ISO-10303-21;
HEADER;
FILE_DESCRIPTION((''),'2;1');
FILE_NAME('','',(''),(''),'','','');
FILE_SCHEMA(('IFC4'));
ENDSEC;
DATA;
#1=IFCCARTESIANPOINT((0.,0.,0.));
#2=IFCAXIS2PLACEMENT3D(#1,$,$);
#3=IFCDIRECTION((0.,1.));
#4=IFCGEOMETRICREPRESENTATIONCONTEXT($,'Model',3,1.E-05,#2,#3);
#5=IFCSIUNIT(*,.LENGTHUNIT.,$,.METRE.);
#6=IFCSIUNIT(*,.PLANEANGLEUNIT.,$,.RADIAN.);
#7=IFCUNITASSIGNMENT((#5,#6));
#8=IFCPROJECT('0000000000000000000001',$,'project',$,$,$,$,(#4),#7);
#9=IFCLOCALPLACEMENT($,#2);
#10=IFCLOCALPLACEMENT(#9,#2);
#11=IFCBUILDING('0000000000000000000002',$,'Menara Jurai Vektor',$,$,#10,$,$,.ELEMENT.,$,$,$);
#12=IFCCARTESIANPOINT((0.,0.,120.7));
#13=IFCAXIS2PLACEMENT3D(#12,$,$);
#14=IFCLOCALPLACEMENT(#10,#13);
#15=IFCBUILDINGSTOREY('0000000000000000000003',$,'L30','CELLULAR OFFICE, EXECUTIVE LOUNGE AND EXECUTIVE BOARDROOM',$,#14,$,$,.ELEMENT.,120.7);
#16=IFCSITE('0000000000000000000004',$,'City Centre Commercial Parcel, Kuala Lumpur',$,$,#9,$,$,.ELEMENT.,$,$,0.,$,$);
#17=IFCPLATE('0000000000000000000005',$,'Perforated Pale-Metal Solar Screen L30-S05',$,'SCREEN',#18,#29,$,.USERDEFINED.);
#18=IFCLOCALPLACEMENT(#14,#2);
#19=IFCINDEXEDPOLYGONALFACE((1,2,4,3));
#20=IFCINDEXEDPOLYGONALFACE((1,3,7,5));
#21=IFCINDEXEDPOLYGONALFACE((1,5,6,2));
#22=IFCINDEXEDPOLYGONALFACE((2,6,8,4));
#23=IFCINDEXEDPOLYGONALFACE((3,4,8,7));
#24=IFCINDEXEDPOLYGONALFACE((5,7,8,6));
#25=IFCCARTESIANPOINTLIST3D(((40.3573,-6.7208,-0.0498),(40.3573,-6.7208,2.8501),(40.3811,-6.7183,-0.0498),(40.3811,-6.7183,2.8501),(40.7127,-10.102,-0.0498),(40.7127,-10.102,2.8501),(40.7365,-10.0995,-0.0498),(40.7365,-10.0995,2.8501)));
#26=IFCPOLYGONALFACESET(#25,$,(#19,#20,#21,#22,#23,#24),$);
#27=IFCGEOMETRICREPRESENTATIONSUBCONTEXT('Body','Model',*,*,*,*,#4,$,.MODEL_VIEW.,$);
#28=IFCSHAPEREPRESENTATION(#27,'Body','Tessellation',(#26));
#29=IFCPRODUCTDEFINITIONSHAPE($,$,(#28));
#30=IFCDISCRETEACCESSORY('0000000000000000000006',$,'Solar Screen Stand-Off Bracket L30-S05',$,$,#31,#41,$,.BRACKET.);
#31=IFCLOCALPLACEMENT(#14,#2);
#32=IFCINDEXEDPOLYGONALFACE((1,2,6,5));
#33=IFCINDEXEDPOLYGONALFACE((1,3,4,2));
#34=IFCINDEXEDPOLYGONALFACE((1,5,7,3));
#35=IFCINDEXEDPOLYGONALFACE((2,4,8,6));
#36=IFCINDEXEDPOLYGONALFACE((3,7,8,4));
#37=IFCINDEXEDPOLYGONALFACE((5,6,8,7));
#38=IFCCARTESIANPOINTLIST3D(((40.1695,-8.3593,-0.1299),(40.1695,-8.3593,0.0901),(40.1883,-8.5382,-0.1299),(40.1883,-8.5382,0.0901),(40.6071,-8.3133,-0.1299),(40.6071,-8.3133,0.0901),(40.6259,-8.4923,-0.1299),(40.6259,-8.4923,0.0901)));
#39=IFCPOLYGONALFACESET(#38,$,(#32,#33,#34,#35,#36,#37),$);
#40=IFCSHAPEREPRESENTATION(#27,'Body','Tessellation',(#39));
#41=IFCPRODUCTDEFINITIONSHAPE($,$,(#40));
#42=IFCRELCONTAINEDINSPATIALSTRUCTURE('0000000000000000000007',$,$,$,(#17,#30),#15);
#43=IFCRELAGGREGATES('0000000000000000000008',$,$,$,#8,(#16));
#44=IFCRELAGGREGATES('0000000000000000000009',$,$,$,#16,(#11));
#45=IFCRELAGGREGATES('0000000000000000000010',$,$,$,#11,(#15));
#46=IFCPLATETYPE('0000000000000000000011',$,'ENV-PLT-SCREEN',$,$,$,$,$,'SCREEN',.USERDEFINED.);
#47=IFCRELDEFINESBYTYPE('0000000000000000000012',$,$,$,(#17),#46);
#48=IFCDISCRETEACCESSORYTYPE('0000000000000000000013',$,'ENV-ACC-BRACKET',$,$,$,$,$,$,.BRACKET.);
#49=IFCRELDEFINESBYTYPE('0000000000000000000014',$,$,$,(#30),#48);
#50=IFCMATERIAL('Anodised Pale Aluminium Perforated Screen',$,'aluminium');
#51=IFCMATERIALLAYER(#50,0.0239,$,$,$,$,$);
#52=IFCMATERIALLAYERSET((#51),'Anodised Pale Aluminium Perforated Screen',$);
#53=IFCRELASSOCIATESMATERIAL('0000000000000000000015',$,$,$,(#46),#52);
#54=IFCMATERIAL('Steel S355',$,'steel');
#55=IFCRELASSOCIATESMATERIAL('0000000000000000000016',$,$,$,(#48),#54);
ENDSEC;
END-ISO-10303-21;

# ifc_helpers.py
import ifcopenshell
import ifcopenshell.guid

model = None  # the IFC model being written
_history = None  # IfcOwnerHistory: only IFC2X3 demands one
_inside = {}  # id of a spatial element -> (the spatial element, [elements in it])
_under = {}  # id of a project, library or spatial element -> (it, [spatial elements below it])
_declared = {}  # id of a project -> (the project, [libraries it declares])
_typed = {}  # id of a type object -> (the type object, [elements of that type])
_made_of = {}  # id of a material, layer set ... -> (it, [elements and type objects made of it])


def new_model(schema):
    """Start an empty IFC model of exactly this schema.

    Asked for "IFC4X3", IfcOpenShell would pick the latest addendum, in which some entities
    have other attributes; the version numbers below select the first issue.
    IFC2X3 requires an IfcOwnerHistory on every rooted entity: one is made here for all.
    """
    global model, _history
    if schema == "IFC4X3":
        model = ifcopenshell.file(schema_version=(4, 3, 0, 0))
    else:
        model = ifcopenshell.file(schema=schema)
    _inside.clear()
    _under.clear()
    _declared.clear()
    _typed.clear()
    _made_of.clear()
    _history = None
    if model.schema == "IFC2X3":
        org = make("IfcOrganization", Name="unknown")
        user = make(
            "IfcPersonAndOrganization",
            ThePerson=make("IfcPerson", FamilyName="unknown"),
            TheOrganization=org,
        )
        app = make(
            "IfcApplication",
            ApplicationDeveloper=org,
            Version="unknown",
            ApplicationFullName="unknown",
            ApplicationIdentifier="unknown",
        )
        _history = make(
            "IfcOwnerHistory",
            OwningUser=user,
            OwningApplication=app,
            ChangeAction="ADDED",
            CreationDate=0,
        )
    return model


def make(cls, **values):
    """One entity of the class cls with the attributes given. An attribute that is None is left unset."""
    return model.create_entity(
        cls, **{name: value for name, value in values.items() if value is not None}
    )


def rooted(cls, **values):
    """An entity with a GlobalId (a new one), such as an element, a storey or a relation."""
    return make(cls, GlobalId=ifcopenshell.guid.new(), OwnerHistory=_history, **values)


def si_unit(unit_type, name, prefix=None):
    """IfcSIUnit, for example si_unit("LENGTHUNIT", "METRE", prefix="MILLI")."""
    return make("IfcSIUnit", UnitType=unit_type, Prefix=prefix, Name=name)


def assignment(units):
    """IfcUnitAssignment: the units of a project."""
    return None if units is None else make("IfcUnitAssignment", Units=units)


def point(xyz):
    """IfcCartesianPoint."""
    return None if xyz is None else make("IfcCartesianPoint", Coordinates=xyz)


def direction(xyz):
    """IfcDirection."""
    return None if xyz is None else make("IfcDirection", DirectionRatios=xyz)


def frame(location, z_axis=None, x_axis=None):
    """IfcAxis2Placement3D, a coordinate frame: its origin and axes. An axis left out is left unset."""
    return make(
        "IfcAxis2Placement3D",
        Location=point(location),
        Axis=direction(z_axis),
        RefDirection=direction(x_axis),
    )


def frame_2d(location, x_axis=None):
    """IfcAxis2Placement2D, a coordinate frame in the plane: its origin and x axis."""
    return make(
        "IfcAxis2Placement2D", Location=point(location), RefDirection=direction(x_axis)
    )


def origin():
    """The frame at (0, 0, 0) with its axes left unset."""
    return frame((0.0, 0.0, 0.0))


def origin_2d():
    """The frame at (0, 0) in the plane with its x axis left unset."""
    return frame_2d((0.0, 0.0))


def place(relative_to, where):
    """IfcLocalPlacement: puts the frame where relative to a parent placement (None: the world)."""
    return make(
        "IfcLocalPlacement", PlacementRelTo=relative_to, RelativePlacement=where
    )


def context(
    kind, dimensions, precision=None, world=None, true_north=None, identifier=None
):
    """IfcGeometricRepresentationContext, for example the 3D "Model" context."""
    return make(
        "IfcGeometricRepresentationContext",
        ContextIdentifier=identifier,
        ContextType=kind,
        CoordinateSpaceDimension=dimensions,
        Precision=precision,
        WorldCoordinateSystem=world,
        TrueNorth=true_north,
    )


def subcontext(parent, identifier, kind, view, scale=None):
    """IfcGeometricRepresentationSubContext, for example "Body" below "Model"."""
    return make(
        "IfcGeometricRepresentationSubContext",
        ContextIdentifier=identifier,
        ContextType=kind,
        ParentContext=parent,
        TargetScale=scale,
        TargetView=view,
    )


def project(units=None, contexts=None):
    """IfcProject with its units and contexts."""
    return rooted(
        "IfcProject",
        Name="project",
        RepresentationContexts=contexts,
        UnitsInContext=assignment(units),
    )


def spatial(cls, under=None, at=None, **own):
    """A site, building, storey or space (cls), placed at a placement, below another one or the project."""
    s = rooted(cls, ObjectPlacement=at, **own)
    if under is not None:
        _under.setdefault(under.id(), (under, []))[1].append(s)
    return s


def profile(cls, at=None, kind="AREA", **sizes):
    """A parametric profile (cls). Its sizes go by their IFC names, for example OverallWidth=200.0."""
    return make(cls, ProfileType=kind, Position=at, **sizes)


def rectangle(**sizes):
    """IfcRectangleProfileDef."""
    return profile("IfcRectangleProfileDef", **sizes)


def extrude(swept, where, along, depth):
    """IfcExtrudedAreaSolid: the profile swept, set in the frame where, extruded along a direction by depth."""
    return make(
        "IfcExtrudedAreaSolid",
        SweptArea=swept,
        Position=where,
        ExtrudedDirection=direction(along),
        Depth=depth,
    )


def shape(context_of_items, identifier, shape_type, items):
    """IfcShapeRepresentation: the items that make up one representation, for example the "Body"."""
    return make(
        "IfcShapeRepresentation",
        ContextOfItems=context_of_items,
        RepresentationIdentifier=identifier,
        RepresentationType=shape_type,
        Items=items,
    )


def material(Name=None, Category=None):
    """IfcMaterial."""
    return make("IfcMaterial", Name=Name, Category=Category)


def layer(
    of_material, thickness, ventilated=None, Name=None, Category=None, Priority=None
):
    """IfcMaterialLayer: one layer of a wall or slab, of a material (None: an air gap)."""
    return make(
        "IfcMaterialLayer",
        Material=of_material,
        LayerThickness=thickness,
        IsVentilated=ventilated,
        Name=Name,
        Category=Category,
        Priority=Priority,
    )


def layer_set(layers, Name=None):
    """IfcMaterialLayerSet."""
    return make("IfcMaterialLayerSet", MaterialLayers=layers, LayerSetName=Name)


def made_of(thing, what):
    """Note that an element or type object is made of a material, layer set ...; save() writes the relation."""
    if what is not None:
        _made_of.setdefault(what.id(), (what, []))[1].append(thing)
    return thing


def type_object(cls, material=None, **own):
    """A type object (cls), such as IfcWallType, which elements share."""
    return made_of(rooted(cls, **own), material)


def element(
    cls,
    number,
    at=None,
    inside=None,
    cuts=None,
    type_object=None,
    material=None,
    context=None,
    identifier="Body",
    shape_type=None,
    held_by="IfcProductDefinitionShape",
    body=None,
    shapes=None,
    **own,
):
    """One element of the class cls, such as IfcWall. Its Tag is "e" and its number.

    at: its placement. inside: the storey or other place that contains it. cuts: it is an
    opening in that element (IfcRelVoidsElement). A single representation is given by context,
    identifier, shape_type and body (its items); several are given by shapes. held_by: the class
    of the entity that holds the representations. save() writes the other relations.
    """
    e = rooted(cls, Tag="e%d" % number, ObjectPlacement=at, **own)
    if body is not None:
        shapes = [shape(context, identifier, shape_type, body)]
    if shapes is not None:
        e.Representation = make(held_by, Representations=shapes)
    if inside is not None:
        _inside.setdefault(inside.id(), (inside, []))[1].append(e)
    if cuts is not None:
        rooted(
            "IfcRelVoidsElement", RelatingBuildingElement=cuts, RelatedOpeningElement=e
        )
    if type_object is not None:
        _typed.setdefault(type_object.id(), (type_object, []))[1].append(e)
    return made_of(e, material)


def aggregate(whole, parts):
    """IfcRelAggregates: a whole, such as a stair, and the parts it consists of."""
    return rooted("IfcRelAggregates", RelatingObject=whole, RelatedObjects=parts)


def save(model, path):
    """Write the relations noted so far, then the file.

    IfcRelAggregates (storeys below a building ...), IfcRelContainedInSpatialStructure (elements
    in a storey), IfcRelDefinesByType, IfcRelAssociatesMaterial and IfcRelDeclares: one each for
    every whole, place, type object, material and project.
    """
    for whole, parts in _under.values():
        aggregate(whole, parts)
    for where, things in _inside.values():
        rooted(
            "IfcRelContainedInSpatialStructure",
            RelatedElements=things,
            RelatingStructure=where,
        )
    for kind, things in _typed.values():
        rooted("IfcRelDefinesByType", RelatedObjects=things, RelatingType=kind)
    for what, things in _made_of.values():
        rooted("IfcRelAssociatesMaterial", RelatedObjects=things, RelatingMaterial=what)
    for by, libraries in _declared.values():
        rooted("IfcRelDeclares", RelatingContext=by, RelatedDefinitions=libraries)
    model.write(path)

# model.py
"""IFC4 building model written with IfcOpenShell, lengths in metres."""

from ifc_helpers import new_model, si_unit, direction, frame, origin, origin_2d, place, context, subcontext, project, spatial, rectangle, extrude, material, layer, layer_set, type_object, element, save


model = new_model("IFC4")

# Units and contexts
model_context = context("Model", 3, precision=1e-05, world=origin(), true_north=direction((0.0, 1.0)))
body_context = subcontext(model_context, "Body", "Model", "MODEL_VIEW")
ifc_project = project(units=[si_unit("LENGTHUNIT", "METRE"), si_unit("PLANEANGLEUNIT", "RADIAN")], contexts=[model_context])

# Site, building, storey
site_placement = place(None, origin())
site = spatial("IfcSite", under=ifc_project, at=site_placement, Name="City Centre Commercial Parcel, Kuala Lumpur", CompositionType="ELEMENT", RefElevation=0.0)
building_placement = place(site_placement, origin())
building = spatial("IfcBuilding", under=site, at=building_placement, Name="Menara Jurai Vektor", CompositionType="ELEMENT")
storey_placement = place(building_placement, frame((0.0, 0.0, 120.7)))
storey = spatial("IfcBuildingStorey", under=building, at=storey_placement, Name="L30", Description="CELLULAR OFFICE, EXECUTIVE LOUNGE AND EXECUTIVE BOARDROOM", CompositionType="ELEMENT", Elevation=120.7)

# Shared definitions
ifc_material_1 = material(Name="Steel S355", Category="steel")

# Plate
ifc_material_2 = material(Name="Anodised Pale Aluminium Perforated Screen", Category="aluminium")
ifc_layer_1 = layer(ifc_material_2, 0.0239)
ifc_layer_set_1 = layer_set([ifc_layer_1], Name="Anodised Pale Aluminium Perforated Screen")
plate_type_1 = type_object("IfcPlateType", Name="ENV-PLT-SCREEN", ElementType="SCREEN", PredefinedType="USERDEFINED", material=ifc_layer_set_1)
plate_1_placement = place(storey_placement, frame((40.5469, -8.4102, -0.0498), z_axis=(0.0, 0.0, 1.0), x_axis=(-0.104528, 0.994522, 0.0)))
element("IfcPlate", 1, at=plate_1_placement, inside=storey, type_object=plate_type_1, Name="Perforated Pale-Metal Solar Screen L30-S05", ObjectType="SCREEN", PredefinedType="USERDEFINED", context=body_context, shape_type="SweptSolid", body=[
    extrude(rectangle(XDim=3.3999, YDim=0.0239, at=origin_2d()), origin(), (0.0, 0.0, 1.0), 2.8999),
])

# Discrete accessory
discrete_accessory_type = type_object("IfcDiscreteAccessoryType", Name="ENV-ACC-BRACKET", PredefinedType="BRACKET", material=ifc_material_1)
discrete_accessory_placement = place(storey_placement, frame((40.3977, -8.4258, -0.1299), z_axis=(0.0, 0.0, 1.0), x_axis=(-0.104528, 0.994522, 0.0)))
element("IfcDiscreteAccessory", 2, at=discrete_accessory_placement, inside=storey, type_object=discrete_accessory_type, Name="Solar Screen Stand-Off Bracket L30-S05", PredefinedType="BRACKET", context=body_context, shape_type="SweptSolid", body=[
    extrude(rectangle(XDim=0.1799, YDim=0.4399, at=origin_2d()), origin(), (0.0, 0.0, 1.0), 0.22),
])

save(model, "model.ifc")
